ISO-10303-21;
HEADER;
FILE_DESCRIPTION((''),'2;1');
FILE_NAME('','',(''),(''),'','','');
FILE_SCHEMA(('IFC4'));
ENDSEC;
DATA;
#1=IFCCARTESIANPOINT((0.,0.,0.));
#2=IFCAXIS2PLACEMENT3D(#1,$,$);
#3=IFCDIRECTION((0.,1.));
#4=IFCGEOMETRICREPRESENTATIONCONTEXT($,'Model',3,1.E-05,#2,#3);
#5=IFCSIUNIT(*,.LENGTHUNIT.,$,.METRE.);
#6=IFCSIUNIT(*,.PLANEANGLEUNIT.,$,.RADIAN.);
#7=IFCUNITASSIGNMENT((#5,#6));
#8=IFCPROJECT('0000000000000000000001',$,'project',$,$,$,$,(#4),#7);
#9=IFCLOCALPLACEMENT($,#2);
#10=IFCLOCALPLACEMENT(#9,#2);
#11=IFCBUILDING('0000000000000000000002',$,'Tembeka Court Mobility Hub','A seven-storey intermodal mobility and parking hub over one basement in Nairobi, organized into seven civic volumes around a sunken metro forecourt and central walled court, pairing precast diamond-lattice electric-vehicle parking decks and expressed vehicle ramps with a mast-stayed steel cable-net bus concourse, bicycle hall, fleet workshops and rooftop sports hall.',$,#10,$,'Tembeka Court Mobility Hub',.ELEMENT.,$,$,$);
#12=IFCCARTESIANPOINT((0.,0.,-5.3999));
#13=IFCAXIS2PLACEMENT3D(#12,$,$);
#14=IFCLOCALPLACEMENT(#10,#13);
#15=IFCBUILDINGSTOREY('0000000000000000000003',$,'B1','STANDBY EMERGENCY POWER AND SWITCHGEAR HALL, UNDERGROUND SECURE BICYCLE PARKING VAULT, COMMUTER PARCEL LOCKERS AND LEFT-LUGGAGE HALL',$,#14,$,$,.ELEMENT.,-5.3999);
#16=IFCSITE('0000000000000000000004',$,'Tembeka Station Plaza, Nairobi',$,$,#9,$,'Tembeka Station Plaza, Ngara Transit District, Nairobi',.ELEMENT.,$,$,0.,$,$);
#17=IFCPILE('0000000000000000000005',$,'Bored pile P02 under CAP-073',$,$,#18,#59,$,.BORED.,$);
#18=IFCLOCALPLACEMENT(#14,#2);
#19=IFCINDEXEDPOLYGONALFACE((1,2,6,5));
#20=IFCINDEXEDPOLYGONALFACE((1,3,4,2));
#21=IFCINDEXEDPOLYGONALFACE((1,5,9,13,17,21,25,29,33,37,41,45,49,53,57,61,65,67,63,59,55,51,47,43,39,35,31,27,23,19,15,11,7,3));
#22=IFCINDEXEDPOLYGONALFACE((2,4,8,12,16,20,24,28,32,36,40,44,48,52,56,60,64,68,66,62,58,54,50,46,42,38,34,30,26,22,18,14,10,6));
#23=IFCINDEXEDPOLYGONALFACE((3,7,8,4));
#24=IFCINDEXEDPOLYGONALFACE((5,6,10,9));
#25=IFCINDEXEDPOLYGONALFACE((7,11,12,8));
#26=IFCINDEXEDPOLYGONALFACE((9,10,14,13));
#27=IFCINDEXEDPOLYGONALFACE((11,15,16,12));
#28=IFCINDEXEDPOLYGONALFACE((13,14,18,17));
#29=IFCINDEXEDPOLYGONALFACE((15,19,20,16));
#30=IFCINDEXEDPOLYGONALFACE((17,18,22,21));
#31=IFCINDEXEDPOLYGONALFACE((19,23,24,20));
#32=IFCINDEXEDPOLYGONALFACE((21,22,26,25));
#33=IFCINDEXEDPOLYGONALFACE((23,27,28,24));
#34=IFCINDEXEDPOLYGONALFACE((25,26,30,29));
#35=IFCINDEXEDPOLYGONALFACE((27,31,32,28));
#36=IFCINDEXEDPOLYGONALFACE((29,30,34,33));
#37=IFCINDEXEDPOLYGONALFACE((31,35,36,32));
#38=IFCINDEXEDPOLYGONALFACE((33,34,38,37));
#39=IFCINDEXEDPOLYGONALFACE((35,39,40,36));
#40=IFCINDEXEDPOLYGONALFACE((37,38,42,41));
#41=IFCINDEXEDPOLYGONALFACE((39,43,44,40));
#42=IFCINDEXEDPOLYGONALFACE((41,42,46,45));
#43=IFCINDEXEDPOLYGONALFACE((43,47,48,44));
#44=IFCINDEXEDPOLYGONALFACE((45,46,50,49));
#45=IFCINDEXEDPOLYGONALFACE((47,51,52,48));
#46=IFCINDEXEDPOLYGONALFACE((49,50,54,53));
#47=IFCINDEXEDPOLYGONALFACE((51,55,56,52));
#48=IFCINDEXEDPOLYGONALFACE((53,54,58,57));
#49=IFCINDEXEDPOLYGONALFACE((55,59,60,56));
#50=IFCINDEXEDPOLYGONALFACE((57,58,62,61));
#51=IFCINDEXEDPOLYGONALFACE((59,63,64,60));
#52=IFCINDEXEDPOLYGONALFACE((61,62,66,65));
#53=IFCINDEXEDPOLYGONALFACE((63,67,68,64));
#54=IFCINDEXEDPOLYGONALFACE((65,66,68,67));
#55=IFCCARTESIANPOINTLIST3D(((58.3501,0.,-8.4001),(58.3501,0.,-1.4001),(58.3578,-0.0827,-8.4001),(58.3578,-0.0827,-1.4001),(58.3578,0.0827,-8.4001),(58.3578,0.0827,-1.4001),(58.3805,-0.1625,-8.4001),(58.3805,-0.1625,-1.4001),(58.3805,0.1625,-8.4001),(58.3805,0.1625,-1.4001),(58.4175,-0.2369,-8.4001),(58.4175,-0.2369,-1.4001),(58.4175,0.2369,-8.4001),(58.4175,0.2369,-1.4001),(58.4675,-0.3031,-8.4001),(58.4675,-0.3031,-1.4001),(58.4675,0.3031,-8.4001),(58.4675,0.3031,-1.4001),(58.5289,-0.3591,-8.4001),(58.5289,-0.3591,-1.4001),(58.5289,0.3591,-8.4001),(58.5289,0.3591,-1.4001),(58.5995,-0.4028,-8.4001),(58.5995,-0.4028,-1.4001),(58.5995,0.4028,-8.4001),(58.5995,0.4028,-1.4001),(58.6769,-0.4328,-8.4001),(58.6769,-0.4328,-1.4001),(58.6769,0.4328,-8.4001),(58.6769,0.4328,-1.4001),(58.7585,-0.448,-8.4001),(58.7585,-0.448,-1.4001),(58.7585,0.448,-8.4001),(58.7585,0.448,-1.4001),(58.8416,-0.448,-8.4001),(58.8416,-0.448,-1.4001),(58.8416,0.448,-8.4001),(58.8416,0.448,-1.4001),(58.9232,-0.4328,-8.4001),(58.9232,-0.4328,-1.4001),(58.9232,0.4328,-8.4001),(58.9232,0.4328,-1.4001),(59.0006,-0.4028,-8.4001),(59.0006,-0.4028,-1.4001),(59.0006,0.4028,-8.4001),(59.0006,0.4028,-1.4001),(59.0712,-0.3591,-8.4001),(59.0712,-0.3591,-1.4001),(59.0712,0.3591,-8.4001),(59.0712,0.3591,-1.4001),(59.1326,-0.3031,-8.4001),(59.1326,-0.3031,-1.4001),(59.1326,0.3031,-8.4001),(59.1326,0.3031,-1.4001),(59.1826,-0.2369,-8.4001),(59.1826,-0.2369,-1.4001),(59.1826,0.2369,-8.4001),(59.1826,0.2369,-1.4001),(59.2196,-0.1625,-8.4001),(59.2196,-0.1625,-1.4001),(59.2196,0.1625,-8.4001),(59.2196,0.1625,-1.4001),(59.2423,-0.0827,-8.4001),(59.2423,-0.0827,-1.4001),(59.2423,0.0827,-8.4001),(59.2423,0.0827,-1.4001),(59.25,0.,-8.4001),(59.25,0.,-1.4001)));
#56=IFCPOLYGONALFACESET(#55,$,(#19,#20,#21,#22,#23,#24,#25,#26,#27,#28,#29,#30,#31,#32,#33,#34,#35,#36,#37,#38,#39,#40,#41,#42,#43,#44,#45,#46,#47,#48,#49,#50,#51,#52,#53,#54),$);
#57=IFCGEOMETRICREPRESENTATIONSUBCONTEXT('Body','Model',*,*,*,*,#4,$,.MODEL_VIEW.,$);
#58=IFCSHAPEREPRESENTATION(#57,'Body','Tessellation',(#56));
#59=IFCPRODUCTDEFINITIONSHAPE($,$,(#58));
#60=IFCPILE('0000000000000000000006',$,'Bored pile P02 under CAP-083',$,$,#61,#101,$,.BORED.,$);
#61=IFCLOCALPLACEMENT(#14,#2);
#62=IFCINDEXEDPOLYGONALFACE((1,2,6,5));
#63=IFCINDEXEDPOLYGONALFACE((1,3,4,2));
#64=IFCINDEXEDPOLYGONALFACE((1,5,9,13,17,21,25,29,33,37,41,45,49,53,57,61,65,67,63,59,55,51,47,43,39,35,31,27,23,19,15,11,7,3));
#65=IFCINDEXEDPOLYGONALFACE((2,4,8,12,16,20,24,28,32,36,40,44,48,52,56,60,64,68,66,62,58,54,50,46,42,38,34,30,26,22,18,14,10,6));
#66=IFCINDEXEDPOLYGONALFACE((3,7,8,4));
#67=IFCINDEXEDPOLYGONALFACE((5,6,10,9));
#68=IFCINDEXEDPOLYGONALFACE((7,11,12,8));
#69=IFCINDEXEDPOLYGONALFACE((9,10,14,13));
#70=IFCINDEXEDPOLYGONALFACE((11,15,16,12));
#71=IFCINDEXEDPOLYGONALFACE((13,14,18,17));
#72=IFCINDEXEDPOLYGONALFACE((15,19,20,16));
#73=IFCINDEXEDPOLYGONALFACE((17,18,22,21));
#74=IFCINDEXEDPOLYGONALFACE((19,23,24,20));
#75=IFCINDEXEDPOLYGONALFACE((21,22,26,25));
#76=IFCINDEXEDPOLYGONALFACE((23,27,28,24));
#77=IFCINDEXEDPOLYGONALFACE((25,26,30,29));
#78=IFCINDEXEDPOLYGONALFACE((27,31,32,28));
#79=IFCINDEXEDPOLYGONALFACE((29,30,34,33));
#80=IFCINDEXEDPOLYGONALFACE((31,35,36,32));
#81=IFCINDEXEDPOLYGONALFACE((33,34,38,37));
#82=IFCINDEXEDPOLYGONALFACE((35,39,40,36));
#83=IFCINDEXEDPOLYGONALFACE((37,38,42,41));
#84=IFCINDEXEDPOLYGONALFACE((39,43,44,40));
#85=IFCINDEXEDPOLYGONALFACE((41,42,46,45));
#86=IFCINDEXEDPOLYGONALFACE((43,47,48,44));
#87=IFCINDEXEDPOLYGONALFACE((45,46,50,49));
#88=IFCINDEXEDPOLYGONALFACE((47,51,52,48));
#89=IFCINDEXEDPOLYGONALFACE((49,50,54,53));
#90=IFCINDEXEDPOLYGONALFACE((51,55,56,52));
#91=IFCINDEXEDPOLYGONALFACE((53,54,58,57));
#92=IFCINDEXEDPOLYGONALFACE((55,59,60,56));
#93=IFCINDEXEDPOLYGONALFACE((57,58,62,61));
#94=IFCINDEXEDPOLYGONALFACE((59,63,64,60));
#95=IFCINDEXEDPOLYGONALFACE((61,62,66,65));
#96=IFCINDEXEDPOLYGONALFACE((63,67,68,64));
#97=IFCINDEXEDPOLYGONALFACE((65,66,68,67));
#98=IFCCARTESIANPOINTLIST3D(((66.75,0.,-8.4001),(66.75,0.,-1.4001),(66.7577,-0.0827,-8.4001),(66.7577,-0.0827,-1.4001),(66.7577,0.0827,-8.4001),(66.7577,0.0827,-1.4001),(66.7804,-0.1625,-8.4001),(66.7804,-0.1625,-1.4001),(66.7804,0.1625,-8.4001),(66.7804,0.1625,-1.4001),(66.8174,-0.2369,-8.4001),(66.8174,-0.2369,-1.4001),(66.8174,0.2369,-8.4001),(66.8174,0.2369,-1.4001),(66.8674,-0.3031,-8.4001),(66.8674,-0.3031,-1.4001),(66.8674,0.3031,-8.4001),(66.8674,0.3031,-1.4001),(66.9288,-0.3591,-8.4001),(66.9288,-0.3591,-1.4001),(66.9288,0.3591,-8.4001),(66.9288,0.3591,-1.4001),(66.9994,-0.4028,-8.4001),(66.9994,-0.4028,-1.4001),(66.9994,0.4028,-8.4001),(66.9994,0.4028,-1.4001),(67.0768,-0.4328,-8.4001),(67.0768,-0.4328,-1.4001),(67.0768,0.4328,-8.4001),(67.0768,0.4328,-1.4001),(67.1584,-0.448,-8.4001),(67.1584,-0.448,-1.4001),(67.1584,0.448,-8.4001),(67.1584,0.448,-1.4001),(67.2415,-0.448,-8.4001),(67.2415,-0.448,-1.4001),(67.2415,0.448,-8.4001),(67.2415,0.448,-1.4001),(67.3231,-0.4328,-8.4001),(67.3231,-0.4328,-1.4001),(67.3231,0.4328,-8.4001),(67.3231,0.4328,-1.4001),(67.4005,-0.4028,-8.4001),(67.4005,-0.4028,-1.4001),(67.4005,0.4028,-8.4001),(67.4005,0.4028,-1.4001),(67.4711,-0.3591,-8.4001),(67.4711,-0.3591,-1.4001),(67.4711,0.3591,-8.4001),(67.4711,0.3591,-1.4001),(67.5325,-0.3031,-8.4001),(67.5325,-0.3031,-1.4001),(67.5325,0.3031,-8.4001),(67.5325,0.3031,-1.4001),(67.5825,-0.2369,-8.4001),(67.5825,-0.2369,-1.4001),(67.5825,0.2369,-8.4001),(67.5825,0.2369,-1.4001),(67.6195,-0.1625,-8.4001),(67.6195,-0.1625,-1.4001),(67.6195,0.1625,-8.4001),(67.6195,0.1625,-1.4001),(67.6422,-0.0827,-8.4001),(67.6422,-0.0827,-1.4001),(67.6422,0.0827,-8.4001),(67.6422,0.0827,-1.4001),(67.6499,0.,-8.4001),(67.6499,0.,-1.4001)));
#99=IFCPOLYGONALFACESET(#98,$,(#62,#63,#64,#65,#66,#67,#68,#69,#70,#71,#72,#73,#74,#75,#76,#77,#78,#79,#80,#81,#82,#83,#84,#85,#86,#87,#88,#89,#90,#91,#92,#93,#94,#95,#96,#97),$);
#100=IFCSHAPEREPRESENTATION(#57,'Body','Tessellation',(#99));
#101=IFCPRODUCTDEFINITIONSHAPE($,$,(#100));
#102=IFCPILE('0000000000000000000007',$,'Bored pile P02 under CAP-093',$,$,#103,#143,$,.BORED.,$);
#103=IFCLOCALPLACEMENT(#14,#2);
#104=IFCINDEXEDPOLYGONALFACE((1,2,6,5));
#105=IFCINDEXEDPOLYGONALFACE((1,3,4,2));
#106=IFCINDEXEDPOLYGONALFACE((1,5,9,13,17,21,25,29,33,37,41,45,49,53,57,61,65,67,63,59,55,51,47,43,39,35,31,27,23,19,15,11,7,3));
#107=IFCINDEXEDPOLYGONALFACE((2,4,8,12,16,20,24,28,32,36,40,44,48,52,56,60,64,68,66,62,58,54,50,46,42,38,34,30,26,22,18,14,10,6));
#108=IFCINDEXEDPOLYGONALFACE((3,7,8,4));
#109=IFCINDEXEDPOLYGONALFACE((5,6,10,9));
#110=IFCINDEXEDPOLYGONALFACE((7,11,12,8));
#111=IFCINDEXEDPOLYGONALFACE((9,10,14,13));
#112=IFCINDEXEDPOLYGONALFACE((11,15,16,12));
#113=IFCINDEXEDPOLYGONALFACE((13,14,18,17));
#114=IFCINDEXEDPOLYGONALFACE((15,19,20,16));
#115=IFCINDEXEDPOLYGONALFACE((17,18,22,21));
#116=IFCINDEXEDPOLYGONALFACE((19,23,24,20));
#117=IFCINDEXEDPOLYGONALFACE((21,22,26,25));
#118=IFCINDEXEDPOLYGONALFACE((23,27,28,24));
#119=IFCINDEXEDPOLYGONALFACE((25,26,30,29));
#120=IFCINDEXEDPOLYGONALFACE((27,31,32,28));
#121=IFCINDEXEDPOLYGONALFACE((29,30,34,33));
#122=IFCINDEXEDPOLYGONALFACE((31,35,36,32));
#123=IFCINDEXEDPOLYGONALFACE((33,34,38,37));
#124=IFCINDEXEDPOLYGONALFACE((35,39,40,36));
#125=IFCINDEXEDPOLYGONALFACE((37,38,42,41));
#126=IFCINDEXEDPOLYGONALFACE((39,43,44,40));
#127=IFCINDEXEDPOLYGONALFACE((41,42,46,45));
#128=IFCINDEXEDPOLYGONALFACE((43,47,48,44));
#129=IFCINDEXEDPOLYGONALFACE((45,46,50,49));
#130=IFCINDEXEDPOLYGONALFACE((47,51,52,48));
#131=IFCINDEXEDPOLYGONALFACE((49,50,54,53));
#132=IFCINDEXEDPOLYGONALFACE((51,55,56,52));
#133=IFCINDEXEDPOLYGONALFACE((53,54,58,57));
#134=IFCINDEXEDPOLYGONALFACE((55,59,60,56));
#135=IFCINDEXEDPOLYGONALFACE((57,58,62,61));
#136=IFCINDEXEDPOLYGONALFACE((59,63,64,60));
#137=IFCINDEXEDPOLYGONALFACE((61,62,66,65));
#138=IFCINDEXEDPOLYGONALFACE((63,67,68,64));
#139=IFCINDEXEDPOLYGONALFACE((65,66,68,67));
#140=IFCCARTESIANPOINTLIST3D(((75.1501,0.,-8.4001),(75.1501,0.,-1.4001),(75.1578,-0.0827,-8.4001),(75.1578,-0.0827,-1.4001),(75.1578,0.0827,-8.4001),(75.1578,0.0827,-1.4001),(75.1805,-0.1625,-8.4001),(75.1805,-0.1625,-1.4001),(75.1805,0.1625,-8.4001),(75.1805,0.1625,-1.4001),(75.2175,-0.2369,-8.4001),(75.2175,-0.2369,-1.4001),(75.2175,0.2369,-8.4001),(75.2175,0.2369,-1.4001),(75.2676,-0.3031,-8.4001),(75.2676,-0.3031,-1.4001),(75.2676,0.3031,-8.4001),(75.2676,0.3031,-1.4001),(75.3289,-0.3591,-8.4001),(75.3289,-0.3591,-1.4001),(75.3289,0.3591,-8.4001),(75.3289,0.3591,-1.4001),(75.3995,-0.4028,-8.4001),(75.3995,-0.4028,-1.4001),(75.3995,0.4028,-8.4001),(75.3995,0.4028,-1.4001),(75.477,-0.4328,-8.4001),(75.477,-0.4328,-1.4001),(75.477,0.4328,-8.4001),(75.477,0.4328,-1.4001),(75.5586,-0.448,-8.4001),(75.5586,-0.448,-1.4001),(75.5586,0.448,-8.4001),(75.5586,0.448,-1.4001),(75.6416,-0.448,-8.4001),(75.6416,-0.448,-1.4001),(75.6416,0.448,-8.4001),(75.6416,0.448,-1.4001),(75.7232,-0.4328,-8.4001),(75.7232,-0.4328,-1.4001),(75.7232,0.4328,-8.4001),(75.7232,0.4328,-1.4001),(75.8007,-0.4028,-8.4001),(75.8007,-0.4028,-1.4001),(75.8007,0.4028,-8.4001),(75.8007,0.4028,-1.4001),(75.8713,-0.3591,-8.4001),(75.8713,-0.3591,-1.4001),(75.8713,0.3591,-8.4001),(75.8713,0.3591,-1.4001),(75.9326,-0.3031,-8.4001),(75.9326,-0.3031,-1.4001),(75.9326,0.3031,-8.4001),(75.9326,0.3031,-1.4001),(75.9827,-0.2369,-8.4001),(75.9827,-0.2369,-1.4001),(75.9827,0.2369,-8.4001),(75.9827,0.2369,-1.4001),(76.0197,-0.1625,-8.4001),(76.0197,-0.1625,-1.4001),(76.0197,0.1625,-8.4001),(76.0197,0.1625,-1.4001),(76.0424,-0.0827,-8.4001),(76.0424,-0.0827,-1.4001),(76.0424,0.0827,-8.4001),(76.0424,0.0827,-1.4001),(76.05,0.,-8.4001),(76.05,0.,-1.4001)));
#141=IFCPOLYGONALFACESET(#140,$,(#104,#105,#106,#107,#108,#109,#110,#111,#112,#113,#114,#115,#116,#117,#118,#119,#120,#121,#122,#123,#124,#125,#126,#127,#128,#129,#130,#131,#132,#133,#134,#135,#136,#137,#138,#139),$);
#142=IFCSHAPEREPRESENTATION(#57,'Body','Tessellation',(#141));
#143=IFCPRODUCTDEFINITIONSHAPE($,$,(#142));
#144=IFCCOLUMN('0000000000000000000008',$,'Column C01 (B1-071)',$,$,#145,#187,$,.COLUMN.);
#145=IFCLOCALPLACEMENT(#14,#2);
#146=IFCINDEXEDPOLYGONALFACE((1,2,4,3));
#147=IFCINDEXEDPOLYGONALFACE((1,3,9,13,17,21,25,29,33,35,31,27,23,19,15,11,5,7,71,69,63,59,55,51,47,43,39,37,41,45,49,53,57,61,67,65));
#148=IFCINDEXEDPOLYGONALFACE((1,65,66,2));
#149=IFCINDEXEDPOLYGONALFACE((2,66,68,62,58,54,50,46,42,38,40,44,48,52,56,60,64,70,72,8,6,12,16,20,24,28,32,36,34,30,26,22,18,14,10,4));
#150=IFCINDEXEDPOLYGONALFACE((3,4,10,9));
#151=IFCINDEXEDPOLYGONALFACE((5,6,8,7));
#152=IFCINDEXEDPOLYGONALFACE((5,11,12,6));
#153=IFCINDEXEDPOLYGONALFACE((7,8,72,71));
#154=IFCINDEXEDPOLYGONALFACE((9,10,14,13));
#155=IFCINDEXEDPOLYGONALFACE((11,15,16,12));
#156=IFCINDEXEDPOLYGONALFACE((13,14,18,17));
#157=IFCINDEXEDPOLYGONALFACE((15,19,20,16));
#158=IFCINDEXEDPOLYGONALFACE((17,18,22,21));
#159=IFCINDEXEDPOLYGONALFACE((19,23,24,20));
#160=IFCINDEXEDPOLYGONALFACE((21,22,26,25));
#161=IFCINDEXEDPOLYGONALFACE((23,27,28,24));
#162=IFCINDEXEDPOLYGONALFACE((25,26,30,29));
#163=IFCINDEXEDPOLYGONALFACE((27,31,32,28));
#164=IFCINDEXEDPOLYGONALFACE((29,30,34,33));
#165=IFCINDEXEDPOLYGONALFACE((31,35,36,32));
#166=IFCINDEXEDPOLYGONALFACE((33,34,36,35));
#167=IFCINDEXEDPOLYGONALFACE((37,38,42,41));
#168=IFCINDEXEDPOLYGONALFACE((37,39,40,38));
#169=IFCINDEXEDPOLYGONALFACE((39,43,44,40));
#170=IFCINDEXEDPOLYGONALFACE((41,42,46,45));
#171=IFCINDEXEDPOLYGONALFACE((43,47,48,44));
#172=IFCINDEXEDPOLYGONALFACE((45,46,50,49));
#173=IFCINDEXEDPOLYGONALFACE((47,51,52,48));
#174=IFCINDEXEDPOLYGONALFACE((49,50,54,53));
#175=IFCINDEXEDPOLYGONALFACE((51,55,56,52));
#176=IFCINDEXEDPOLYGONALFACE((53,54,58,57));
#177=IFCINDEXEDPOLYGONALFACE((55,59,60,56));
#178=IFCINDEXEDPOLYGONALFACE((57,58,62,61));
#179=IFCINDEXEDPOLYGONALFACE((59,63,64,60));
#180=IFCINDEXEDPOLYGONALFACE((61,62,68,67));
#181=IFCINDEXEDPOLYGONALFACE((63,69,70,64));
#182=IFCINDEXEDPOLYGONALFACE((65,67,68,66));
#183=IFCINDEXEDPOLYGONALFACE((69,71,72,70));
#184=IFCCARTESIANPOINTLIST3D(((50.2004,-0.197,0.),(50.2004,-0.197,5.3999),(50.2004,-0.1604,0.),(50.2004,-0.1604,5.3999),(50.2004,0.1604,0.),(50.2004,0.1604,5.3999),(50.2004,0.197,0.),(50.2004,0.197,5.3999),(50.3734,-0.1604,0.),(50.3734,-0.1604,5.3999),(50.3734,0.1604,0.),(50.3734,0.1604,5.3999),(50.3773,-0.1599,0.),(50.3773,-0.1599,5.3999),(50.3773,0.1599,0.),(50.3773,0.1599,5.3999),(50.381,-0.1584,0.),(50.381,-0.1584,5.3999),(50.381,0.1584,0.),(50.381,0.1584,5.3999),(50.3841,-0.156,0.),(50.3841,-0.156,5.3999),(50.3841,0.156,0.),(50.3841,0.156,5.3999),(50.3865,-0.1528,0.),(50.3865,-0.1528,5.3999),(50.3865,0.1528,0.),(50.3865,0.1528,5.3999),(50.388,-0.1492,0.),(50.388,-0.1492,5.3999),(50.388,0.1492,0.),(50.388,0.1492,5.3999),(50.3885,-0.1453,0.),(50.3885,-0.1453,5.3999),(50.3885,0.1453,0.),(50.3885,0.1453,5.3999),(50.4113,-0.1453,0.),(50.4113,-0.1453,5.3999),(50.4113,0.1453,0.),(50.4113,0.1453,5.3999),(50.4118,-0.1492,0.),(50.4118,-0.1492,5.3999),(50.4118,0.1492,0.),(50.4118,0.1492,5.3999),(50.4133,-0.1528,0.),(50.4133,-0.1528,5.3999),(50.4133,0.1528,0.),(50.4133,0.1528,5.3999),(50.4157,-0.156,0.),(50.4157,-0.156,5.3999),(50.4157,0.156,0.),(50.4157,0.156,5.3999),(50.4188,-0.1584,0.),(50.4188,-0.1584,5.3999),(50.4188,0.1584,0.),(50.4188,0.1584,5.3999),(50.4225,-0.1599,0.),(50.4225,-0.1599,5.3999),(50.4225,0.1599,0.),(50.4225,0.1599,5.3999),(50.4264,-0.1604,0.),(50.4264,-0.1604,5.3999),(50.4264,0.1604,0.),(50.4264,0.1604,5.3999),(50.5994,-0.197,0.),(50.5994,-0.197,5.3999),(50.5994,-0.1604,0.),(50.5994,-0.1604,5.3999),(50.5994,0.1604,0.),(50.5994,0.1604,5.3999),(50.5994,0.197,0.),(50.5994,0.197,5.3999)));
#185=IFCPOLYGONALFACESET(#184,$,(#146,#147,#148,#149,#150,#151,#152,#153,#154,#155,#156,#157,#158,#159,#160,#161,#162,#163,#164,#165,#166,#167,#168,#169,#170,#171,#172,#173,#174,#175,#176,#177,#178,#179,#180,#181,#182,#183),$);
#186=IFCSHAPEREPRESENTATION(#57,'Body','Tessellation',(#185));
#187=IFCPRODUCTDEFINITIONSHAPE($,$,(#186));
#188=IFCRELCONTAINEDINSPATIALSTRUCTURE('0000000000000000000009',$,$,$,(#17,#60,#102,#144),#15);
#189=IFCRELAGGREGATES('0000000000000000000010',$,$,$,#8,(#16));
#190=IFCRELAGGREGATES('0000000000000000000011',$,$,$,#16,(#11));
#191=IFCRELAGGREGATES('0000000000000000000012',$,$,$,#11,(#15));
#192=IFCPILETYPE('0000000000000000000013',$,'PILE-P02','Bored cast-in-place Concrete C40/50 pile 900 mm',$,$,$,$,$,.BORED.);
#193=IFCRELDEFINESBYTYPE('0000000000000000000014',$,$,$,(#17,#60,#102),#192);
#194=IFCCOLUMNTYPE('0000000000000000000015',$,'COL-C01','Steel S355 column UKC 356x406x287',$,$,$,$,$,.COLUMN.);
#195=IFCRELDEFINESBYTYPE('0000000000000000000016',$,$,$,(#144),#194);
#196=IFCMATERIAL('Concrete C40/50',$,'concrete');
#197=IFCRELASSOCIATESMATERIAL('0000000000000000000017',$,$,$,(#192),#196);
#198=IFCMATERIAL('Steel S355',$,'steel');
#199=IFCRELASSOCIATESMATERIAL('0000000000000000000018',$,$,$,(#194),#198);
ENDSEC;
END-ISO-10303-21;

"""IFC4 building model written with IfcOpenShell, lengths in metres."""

from ifc_helpers import new_model, si_unit, direction, frame, origin, origin_2d, place, context, subcontext, project, spatial, circle, i_section, extrude, material, material_profile, profile_set, type_object, element, save


model = new_model("IFC4")

# Units and contexts
model_context = context("Model", 3, precision=1e-05, world=origin(), true_north=direction((0.0, 1.0)))
body_context = subcontext(model_context, "Body", "Model", "MODEL_VIEW")
ifc_project = project(units=[si_unit("LENGTHUNIT", "METRE"), si_unit("PLANEANGLEUNIT", "RADIAN")], contexts=[model_context])

# Site, building, storey
site_placement = place(None, origin())
site = spatial("IfcSite", under=ifc_project, at=site_placement, Name="Tembeka Station Plaza, Nairobi", LongName="Tembeka Station Plaza, Ngara Transit District, Nairobi", CompositionType="ELEMENT", RefElevation=0.0)
building_placement = place(site_placement, origin())
building = spatial("IfcBuilding", under=site, at=building_placement, Name="Tembeka Court Mobility Hub", Description="A seven-storey intermodal mobility and parking hub over one basement in Nairobi, organized into seven civic volumes around a sunken metro forecourt and central walled court, pairing precast diamond-lattice electric-vehicle parking decks and expressed vehicle ramps with a mast-stayed steel cable-net bus concourse, bicycle hall, fleet workshops and rooftop sports hall.", LongName="Tembeka Court Mobility Hub", CompositionType="ELEMENT")
storey_placement = place(building_placement, frame((0.0, 0.0, -5.3999)))
storey = spatial("IfcBuildingStorey", under=building, at=storey_placement, Name="B1", Description="STANDBY EMERGENCY POWER AND SWITCHGEAR HALL, UNDERGROUND SECURE BICYCLE PARKING VAULT, COMMUTER PARCEL LOCKERS AND LEFT-LUGGAGE HALL", CompositionType="ELEMENT", Elevation=-5.3999)

# Shared definitions
ifc_material_1 = material(Name="Concrete C40/50", Category="concrete")

# Piles
ifc_material_profile_1 = material_profile(ifc_material_1, circle(Radius=0.45, at=origin_2d()), Name="PILE D900")
ifc_profile_set_1 = profile_set([ifc_material_profile_1], Name="Concrete C40/50")
pile_type = type_object("IfcPileType", Name="PILE-P02", Description="Bored cast-in-place Concrete C40/50 pile 900 mm", PredefinedType="BORED", material=ifc_profile_set_1)
for number, where, z_axis, x_axis, name in (
    (1, (58.8, 0.0, -1.4001), (0.0, 0.0, -1.0), (1.0, 0.0, 0.0), "Bored pile P02 under CAP-073"),
    (2, (67.2, 0.0, -1.4001), (0.0, 0.0, -1.0), (1.0, 0.0, 0.0), "Bored pile P02 under CAP-083"),
    (3, (75.6001, 0.0, -1.4001), (0.0, 0.0, -1.0), (1.0, 0.0, 0.0), "Bored pile P02 under CAP-093"),
):
    element("IfcPile", number, at=place(storey_placement, frame(where, z_axis=z_axis, x_axis=x_axis)), inside=storey, type_object=pile_type, Name=name, PredefinedType="BORED", context=body_context, shape_type="SweptSolid", body=[
        extrude(circle(Radius=0.45, at=origin_2d()), origin(), (0.0, 0.0, 1.0), 7.0),
    ])

# Column
ifc_material_2 = material(Name="Steel S355", Category="steel")
ifc_material_profile_2 = material_profile(ifc_material_2, i_section(OverallWidth=0.3989, OverallDepth=0.394, WebThickness=0.0227, FlangeThickness=0.0366, FilletRadius=0.0151, at=origin_2d()), Name="UKC 356x406x287")
ifc_profile_set_2 = profile_set([ifc_material_profile_2], Name="Steel S355")
column_type = type_object("IfcColumnType", Name="COL-C01", Description="Steel S355 column UKC 356x406x287", PredefinedType="COLUMN", material=ifc_profile_set_2)
for number, where, z_axis, x_axis, name in (
    (4, (50.3999, 0.0, 0.0), (0.0, 0.0, 1.0), (1.0, 0.0, 0.0), "Column C01 (B1-071)"),
):
    element("IfcColumn", number, at=place(storey_placement, frame(where, z_axis=z_axis, x_axis=x_axis)), inside=storey, type_object=column_type, Name=name, PredefinedType="COLUMN", context=body_context, shape_type="SweptSolid", body=[
        extrude(i_section(OverallWidth=0.3989, OverallDepth=0.394, WebThickness=0.0227, FlangeThickness=0.0366, FilletRadius=0.0151, at=origin_2d()), origin(), (0.0, 0.0, 1.0), 5.3999),
    ])

save(model, "model.ifc")
